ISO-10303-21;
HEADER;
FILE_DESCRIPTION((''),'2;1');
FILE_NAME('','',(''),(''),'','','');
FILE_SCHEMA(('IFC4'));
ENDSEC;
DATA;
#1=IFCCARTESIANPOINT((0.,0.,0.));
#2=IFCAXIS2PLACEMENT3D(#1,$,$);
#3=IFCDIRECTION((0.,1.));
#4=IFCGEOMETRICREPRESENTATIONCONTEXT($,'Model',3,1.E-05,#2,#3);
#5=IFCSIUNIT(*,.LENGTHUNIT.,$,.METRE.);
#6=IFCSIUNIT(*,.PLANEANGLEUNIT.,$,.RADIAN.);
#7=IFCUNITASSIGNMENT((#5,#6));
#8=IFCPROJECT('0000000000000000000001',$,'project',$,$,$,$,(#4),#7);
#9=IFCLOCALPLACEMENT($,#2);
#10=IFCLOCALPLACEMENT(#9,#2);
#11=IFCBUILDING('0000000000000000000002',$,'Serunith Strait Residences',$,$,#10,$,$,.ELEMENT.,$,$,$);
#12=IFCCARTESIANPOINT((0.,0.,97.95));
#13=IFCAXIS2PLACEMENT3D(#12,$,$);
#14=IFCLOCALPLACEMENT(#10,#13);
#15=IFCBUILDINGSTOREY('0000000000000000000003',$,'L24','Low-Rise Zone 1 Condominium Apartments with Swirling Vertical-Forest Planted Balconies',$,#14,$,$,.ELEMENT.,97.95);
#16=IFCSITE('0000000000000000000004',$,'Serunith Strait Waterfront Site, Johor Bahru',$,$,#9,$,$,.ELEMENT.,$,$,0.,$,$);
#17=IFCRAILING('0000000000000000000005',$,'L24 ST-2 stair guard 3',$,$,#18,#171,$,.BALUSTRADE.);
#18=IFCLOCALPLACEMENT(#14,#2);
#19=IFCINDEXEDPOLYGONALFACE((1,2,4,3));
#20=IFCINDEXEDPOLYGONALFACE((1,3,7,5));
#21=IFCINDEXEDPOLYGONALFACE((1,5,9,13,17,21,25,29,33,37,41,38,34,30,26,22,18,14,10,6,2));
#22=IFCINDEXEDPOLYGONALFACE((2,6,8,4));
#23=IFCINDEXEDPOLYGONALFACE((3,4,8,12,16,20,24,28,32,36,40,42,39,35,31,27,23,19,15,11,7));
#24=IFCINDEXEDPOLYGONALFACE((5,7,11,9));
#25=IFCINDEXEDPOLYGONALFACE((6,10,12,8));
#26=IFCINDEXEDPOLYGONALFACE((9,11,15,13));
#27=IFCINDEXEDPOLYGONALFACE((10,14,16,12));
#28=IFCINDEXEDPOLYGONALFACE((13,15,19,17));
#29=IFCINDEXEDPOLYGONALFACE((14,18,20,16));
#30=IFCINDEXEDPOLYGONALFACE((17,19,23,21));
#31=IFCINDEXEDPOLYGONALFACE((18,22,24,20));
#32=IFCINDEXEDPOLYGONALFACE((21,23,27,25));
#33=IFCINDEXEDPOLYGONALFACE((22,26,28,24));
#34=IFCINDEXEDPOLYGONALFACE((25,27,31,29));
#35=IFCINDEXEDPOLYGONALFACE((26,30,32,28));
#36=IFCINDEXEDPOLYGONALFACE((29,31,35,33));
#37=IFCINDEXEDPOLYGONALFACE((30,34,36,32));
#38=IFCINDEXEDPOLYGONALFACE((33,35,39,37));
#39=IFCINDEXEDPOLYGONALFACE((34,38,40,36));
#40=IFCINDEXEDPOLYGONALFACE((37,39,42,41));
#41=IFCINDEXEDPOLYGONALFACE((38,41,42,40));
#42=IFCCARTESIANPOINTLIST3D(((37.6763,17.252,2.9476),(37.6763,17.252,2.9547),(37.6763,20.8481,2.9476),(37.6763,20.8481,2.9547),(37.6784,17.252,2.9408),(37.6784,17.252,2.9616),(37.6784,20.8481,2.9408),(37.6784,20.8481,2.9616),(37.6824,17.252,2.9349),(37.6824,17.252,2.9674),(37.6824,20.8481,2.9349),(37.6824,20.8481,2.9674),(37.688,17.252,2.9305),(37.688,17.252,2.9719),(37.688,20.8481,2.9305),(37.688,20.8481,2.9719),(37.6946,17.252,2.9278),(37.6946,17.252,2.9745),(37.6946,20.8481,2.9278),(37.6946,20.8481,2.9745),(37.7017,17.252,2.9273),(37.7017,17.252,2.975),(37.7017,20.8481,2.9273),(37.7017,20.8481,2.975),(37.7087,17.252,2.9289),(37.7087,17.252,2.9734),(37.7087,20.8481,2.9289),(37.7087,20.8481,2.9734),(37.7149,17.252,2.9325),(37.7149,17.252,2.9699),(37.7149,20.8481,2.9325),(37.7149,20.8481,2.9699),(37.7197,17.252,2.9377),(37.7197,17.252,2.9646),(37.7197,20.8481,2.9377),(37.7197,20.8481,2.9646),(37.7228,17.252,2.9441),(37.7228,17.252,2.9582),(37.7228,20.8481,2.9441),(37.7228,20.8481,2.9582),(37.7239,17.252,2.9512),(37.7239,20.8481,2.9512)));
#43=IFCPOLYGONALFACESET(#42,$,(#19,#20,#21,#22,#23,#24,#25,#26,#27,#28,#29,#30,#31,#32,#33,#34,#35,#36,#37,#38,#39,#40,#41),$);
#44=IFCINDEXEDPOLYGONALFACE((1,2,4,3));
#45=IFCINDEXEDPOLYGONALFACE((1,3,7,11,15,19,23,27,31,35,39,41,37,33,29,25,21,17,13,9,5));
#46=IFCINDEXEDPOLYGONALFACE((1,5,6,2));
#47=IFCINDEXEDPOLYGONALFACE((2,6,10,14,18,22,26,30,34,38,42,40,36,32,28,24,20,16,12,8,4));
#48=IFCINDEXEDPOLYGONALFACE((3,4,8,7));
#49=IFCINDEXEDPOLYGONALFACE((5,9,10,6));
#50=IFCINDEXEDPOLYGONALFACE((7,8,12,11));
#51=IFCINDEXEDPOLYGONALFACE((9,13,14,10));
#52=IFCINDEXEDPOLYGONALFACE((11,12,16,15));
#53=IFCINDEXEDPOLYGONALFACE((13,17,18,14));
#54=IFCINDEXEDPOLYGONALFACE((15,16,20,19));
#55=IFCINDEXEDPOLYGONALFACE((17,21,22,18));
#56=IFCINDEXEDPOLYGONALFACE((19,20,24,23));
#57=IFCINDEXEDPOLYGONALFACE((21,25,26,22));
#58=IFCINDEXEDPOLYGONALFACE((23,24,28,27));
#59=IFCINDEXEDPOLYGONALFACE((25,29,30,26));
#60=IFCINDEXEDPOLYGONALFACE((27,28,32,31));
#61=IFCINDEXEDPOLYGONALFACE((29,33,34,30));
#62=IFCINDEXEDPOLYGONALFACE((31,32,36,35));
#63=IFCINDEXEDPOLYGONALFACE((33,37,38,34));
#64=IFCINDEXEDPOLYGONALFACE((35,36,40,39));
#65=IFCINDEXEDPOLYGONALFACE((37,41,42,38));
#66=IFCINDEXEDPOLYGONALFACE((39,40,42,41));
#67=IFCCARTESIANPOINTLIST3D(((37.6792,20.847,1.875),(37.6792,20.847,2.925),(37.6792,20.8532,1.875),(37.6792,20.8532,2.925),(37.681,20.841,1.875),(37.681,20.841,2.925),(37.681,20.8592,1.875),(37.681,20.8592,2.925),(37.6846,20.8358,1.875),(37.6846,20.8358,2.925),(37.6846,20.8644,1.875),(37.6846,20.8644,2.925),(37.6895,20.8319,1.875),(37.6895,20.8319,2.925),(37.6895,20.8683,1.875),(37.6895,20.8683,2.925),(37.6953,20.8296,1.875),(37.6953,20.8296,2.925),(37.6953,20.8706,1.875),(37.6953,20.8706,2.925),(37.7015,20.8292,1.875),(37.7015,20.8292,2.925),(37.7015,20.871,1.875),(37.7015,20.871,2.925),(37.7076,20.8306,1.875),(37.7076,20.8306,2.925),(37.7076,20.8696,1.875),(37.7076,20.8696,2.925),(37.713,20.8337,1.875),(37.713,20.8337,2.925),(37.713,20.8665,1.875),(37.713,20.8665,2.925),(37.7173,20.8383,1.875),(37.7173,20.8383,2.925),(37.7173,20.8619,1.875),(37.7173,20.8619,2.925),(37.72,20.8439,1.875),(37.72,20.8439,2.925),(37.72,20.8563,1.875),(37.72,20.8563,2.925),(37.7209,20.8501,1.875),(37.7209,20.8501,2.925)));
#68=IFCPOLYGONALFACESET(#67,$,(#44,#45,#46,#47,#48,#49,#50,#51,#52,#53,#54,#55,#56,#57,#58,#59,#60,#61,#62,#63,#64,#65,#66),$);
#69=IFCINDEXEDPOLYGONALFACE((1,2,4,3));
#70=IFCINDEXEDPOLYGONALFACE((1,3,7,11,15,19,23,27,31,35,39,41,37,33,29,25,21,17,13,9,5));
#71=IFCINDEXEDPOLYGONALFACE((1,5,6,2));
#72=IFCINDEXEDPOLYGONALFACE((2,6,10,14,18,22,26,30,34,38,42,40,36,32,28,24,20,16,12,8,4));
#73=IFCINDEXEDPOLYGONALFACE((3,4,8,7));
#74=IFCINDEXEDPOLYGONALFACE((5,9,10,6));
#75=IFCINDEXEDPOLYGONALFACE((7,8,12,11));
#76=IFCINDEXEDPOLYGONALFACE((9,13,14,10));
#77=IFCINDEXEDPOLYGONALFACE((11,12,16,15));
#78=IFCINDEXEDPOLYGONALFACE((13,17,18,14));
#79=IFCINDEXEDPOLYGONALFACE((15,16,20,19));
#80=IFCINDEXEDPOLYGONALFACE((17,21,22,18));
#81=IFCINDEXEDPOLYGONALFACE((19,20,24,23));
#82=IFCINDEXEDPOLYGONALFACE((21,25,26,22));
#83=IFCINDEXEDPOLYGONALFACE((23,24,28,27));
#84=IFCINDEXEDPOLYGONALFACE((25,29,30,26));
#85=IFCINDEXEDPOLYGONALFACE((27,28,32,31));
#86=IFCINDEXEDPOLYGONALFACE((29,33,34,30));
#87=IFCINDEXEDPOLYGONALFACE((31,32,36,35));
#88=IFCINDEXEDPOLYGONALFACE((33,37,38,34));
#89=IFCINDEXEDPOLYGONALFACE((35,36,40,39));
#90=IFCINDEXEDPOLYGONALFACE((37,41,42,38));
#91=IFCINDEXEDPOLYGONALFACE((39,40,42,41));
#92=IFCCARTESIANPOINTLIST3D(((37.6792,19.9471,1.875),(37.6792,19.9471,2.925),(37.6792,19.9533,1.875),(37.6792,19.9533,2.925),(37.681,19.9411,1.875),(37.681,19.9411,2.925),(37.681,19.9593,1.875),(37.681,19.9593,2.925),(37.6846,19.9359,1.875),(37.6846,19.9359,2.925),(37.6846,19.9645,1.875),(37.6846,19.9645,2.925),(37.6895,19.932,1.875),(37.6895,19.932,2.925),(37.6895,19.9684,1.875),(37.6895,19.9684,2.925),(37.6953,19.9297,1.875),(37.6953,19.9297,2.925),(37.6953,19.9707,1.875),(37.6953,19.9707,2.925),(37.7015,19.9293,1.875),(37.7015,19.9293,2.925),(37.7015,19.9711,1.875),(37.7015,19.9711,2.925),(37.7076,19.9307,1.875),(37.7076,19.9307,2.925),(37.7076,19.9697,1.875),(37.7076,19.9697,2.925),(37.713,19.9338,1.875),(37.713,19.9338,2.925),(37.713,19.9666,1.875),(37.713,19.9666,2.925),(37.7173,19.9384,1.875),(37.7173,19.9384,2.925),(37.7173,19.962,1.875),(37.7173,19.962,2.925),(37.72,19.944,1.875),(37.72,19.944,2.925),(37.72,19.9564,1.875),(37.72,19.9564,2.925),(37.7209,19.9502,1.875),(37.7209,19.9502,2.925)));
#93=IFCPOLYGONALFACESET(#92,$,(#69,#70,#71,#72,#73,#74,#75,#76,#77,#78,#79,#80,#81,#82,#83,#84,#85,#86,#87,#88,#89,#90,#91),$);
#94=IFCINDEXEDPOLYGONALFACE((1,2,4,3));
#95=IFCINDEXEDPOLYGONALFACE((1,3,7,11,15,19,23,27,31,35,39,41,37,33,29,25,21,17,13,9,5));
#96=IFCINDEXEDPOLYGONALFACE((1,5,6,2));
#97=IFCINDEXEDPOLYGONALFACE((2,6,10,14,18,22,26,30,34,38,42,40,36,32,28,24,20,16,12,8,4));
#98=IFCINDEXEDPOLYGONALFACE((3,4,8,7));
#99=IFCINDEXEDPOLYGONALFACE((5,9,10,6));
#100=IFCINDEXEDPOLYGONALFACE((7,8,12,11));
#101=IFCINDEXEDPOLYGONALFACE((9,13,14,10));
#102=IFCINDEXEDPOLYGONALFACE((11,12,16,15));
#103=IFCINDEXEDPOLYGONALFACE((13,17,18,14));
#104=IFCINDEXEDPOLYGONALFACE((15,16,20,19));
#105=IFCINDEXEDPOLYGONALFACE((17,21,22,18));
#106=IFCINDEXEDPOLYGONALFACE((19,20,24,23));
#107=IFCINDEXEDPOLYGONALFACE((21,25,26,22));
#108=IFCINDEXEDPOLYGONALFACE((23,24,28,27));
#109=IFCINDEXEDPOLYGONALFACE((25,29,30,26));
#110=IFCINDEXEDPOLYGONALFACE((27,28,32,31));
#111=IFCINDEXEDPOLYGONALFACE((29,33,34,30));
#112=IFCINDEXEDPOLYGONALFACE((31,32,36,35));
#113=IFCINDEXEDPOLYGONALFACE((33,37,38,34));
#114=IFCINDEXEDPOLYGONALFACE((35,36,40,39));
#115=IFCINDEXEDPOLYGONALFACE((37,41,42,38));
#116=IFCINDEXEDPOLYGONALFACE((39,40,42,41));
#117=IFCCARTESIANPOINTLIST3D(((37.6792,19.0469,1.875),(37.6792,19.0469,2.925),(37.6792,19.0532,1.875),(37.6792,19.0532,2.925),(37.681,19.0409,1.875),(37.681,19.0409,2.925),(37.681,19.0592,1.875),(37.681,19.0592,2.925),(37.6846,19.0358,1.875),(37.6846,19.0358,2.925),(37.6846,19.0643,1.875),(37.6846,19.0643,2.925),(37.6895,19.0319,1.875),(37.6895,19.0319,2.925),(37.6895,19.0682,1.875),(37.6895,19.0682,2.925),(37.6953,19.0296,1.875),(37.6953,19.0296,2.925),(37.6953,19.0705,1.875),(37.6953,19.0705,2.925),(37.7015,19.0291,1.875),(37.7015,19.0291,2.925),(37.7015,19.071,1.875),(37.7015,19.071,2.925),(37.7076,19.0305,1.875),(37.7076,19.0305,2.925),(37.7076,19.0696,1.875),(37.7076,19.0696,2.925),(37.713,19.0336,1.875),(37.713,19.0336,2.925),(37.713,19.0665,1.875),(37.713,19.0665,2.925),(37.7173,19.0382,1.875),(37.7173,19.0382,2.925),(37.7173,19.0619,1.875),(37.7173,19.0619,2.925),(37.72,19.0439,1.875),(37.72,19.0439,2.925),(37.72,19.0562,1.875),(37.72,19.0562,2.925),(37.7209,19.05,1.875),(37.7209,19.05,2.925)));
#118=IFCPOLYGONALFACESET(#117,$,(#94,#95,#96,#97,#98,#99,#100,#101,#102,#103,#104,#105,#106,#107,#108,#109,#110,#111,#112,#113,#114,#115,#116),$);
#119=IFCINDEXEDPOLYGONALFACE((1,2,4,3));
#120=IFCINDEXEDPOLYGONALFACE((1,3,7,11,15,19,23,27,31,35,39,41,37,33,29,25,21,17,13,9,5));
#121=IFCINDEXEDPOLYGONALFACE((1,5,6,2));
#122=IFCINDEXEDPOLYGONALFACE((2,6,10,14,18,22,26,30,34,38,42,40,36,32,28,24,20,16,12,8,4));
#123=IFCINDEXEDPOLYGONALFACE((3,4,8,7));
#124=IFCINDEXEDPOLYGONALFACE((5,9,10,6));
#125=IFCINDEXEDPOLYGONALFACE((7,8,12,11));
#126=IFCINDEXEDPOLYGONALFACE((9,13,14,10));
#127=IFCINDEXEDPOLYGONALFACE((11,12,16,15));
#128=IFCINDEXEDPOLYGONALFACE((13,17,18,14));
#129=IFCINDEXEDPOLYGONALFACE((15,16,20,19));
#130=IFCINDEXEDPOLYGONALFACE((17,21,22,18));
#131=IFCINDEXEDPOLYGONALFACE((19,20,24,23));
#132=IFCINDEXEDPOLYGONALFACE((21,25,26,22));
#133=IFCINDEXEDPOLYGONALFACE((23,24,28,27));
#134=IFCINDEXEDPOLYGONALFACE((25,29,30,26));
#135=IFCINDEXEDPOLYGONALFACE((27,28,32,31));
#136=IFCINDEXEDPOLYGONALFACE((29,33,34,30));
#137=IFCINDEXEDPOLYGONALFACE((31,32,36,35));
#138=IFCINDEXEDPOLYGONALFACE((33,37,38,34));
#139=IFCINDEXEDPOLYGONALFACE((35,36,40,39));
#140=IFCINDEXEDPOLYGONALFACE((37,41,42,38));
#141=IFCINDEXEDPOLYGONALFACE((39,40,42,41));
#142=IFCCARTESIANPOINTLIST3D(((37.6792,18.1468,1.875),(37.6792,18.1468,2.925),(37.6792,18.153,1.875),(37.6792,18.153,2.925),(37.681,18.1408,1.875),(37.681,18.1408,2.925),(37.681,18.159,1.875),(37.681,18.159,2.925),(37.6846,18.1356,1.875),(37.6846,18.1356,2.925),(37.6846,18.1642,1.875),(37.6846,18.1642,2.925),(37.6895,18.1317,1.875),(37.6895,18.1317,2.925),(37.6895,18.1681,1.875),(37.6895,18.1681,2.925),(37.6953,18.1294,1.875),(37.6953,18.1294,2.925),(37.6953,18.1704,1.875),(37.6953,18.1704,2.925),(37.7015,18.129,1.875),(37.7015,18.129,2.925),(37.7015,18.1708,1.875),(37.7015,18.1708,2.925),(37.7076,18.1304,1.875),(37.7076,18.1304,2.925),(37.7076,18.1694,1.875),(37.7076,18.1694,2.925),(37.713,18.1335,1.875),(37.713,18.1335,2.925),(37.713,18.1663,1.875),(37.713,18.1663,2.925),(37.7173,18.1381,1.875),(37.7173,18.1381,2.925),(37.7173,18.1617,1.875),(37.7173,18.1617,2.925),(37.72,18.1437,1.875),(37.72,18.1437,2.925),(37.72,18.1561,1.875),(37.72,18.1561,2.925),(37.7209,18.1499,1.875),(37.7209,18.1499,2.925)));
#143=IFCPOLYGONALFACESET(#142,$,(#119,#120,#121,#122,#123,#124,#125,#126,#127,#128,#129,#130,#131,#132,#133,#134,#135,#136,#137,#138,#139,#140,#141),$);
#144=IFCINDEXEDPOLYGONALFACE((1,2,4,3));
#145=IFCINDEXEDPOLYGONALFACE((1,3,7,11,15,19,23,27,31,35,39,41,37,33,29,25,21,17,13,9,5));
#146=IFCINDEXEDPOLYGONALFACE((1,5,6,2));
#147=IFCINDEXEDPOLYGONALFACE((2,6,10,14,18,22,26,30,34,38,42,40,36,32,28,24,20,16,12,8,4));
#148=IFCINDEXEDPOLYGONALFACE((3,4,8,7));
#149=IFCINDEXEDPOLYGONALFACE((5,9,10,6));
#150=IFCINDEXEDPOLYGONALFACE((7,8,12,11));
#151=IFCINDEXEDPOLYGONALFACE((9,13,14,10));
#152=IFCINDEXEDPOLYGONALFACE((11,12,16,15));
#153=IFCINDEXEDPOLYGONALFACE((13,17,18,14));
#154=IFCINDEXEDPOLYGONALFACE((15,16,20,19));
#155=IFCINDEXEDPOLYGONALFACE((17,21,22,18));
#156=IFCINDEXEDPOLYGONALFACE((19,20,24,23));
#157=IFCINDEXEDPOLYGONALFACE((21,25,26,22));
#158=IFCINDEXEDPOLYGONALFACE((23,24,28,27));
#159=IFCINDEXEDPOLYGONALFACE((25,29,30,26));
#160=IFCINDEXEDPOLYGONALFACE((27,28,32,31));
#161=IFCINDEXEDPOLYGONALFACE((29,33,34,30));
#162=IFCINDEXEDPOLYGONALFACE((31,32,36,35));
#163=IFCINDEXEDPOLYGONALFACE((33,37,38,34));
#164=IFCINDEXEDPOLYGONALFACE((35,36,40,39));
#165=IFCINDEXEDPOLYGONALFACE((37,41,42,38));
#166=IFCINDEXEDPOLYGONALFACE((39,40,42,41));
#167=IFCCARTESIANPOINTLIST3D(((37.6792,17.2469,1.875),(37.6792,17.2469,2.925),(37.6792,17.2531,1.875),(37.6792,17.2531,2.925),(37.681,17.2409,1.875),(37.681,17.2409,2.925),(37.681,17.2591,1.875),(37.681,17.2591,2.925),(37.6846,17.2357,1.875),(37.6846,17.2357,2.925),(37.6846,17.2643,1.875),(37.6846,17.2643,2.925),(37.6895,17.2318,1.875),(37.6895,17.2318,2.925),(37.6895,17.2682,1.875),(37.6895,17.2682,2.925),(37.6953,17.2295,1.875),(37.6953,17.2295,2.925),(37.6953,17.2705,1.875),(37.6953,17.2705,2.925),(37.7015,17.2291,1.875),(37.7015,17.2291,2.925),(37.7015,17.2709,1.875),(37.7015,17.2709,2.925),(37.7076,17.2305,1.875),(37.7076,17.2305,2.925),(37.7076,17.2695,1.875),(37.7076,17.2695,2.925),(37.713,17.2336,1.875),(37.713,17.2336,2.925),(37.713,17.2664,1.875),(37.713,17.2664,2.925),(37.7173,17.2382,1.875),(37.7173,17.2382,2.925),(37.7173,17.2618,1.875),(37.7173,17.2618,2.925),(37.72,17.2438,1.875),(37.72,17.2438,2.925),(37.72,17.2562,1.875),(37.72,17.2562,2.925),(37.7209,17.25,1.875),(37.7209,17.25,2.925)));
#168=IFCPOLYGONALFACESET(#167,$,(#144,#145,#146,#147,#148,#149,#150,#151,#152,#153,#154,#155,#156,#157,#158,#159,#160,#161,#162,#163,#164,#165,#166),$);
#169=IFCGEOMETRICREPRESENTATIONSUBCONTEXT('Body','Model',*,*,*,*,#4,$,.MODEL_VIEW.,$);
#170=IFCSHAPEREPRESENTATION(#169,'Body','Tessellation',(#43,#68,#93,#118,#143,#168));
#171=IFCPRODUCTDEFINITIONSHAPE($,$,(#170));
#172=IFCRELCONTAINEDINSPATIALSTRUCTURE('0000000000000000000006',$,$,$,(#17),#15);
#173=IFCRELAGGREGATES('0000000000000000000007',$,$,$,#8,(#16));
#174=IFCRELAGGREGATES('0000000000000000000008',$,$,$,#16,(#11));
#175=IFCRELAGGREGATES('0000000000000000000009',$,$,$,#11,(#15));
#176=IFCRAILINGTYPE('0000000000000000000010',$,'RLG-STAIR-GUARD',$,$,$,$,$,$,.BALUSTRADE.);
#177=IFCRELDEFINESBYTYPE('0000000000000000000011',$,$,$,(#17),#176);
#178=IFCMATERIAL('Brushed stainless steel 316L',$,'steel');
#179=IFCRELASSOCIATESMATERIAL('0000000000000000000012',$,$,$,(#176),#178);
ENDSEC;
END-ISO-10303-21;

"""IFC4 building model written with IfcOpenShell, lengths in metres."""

from ifc_helpers import new_model, si_unit, direction, frame, origin, origin_2d, place, context, subcontext, project, spatial, circle, extrude, material, type_object, element, save


model = new_model("IFC4")

# Units and contexts
model_context = context("Model", 3, precision=1e-05, world=origin(), true_north=direction((0.0, 1.0)))
body_context = subcontext(model_context, "Body", "Model", "MODEL_VIEW")
ifc_project = project(units=[si_unit("LENGTHUNIT", "METRE"), si_unit("PLANEANGLEUNIT", "RADIAN")], contexts=[model_context])

# Site, building, storey
site_placement = place(None, origin())
site = spatial("IfcSite", under=ifc_project, at=site_placement, Name="Serunith Strait Waterfront Site, Johor Bahru", CompositionType="ELEMENT", RefElevation=0.0)
building_placement = place(site_placement, origin())
building = spatial("IfcBuilding", under=site, at=building_placement, Name="Serunith Strait Residences", CompositionType="ELEMENT")
storey_placement = place(building_placement, frame((0.0, 0.0, 97.95)))
storey = spatial("IfcBuildingStorey", under=building, at=storey_placement, Name="L24", Description="Low-Rise Zone 1 Condominium Apartments with Swirling Vertical-Forest Planted Balconies", CompositionType="ELEMENT", Elevation=97.95)

# Railing
ifc_material_1 = material(Name="Brushed stainless steel 316L", Category="steel")
railing_type_1 = type_object("IfcRailingType", Name="RLG-STAIR-GUARD", PredefinedType="BALUSTRADE", material=ifc_material_1)
for number, where, name in (
    (1, (37.7, 20.8501, 1.875), "L24 ST-2 stair guard 3"),
):
    element("IfcRailing", number, at=place(storey_placement, frame(where)), inside=storey, type_object=railing_type_1, Name=name, PredefinedType="BALUSTRADE", context=body_context, shape_type="SweptSolid", body=[
        extrude(circle(Radius=0.0239, at=origin_2d()), frame((0.0, -0.002, 1.0762), z_axis=(0.0, -1.0, 0.0), x_axis=(1.0, 0.0, 0.0)), (0.0, 0.0, 1.0), 3.5962),
        extrude(circle(Radius=0.021, at=origin_2d()), origin(), (0.0, 0.0, 1.0), 1.05),
        extrude(circle(Radius=0.021, at=origin_2d()), frame((0.0, -0.8999, 0.0)), (0.0, 0.0, 1.0), 1.05),
        extrude(circle(Radius=0.021, at=origin_2d()), frame((0.0, -1.8, 0.0)), (0.0, 0.0, 1.0), 1.05),
        extrude(circle(Radius=0.021, at=origin_2d()), frame((0.0, -2.7002, 0.0)), (0.0, 0.0, 1.0), 1.05),
        extrude(circle(Radius=0.021, at=origin_2d()), frame((0.0, -3.6001, 0.0)), (0.0, 0.0, 1.0), 1.05),
    ])

save(model, "model.ifc")
